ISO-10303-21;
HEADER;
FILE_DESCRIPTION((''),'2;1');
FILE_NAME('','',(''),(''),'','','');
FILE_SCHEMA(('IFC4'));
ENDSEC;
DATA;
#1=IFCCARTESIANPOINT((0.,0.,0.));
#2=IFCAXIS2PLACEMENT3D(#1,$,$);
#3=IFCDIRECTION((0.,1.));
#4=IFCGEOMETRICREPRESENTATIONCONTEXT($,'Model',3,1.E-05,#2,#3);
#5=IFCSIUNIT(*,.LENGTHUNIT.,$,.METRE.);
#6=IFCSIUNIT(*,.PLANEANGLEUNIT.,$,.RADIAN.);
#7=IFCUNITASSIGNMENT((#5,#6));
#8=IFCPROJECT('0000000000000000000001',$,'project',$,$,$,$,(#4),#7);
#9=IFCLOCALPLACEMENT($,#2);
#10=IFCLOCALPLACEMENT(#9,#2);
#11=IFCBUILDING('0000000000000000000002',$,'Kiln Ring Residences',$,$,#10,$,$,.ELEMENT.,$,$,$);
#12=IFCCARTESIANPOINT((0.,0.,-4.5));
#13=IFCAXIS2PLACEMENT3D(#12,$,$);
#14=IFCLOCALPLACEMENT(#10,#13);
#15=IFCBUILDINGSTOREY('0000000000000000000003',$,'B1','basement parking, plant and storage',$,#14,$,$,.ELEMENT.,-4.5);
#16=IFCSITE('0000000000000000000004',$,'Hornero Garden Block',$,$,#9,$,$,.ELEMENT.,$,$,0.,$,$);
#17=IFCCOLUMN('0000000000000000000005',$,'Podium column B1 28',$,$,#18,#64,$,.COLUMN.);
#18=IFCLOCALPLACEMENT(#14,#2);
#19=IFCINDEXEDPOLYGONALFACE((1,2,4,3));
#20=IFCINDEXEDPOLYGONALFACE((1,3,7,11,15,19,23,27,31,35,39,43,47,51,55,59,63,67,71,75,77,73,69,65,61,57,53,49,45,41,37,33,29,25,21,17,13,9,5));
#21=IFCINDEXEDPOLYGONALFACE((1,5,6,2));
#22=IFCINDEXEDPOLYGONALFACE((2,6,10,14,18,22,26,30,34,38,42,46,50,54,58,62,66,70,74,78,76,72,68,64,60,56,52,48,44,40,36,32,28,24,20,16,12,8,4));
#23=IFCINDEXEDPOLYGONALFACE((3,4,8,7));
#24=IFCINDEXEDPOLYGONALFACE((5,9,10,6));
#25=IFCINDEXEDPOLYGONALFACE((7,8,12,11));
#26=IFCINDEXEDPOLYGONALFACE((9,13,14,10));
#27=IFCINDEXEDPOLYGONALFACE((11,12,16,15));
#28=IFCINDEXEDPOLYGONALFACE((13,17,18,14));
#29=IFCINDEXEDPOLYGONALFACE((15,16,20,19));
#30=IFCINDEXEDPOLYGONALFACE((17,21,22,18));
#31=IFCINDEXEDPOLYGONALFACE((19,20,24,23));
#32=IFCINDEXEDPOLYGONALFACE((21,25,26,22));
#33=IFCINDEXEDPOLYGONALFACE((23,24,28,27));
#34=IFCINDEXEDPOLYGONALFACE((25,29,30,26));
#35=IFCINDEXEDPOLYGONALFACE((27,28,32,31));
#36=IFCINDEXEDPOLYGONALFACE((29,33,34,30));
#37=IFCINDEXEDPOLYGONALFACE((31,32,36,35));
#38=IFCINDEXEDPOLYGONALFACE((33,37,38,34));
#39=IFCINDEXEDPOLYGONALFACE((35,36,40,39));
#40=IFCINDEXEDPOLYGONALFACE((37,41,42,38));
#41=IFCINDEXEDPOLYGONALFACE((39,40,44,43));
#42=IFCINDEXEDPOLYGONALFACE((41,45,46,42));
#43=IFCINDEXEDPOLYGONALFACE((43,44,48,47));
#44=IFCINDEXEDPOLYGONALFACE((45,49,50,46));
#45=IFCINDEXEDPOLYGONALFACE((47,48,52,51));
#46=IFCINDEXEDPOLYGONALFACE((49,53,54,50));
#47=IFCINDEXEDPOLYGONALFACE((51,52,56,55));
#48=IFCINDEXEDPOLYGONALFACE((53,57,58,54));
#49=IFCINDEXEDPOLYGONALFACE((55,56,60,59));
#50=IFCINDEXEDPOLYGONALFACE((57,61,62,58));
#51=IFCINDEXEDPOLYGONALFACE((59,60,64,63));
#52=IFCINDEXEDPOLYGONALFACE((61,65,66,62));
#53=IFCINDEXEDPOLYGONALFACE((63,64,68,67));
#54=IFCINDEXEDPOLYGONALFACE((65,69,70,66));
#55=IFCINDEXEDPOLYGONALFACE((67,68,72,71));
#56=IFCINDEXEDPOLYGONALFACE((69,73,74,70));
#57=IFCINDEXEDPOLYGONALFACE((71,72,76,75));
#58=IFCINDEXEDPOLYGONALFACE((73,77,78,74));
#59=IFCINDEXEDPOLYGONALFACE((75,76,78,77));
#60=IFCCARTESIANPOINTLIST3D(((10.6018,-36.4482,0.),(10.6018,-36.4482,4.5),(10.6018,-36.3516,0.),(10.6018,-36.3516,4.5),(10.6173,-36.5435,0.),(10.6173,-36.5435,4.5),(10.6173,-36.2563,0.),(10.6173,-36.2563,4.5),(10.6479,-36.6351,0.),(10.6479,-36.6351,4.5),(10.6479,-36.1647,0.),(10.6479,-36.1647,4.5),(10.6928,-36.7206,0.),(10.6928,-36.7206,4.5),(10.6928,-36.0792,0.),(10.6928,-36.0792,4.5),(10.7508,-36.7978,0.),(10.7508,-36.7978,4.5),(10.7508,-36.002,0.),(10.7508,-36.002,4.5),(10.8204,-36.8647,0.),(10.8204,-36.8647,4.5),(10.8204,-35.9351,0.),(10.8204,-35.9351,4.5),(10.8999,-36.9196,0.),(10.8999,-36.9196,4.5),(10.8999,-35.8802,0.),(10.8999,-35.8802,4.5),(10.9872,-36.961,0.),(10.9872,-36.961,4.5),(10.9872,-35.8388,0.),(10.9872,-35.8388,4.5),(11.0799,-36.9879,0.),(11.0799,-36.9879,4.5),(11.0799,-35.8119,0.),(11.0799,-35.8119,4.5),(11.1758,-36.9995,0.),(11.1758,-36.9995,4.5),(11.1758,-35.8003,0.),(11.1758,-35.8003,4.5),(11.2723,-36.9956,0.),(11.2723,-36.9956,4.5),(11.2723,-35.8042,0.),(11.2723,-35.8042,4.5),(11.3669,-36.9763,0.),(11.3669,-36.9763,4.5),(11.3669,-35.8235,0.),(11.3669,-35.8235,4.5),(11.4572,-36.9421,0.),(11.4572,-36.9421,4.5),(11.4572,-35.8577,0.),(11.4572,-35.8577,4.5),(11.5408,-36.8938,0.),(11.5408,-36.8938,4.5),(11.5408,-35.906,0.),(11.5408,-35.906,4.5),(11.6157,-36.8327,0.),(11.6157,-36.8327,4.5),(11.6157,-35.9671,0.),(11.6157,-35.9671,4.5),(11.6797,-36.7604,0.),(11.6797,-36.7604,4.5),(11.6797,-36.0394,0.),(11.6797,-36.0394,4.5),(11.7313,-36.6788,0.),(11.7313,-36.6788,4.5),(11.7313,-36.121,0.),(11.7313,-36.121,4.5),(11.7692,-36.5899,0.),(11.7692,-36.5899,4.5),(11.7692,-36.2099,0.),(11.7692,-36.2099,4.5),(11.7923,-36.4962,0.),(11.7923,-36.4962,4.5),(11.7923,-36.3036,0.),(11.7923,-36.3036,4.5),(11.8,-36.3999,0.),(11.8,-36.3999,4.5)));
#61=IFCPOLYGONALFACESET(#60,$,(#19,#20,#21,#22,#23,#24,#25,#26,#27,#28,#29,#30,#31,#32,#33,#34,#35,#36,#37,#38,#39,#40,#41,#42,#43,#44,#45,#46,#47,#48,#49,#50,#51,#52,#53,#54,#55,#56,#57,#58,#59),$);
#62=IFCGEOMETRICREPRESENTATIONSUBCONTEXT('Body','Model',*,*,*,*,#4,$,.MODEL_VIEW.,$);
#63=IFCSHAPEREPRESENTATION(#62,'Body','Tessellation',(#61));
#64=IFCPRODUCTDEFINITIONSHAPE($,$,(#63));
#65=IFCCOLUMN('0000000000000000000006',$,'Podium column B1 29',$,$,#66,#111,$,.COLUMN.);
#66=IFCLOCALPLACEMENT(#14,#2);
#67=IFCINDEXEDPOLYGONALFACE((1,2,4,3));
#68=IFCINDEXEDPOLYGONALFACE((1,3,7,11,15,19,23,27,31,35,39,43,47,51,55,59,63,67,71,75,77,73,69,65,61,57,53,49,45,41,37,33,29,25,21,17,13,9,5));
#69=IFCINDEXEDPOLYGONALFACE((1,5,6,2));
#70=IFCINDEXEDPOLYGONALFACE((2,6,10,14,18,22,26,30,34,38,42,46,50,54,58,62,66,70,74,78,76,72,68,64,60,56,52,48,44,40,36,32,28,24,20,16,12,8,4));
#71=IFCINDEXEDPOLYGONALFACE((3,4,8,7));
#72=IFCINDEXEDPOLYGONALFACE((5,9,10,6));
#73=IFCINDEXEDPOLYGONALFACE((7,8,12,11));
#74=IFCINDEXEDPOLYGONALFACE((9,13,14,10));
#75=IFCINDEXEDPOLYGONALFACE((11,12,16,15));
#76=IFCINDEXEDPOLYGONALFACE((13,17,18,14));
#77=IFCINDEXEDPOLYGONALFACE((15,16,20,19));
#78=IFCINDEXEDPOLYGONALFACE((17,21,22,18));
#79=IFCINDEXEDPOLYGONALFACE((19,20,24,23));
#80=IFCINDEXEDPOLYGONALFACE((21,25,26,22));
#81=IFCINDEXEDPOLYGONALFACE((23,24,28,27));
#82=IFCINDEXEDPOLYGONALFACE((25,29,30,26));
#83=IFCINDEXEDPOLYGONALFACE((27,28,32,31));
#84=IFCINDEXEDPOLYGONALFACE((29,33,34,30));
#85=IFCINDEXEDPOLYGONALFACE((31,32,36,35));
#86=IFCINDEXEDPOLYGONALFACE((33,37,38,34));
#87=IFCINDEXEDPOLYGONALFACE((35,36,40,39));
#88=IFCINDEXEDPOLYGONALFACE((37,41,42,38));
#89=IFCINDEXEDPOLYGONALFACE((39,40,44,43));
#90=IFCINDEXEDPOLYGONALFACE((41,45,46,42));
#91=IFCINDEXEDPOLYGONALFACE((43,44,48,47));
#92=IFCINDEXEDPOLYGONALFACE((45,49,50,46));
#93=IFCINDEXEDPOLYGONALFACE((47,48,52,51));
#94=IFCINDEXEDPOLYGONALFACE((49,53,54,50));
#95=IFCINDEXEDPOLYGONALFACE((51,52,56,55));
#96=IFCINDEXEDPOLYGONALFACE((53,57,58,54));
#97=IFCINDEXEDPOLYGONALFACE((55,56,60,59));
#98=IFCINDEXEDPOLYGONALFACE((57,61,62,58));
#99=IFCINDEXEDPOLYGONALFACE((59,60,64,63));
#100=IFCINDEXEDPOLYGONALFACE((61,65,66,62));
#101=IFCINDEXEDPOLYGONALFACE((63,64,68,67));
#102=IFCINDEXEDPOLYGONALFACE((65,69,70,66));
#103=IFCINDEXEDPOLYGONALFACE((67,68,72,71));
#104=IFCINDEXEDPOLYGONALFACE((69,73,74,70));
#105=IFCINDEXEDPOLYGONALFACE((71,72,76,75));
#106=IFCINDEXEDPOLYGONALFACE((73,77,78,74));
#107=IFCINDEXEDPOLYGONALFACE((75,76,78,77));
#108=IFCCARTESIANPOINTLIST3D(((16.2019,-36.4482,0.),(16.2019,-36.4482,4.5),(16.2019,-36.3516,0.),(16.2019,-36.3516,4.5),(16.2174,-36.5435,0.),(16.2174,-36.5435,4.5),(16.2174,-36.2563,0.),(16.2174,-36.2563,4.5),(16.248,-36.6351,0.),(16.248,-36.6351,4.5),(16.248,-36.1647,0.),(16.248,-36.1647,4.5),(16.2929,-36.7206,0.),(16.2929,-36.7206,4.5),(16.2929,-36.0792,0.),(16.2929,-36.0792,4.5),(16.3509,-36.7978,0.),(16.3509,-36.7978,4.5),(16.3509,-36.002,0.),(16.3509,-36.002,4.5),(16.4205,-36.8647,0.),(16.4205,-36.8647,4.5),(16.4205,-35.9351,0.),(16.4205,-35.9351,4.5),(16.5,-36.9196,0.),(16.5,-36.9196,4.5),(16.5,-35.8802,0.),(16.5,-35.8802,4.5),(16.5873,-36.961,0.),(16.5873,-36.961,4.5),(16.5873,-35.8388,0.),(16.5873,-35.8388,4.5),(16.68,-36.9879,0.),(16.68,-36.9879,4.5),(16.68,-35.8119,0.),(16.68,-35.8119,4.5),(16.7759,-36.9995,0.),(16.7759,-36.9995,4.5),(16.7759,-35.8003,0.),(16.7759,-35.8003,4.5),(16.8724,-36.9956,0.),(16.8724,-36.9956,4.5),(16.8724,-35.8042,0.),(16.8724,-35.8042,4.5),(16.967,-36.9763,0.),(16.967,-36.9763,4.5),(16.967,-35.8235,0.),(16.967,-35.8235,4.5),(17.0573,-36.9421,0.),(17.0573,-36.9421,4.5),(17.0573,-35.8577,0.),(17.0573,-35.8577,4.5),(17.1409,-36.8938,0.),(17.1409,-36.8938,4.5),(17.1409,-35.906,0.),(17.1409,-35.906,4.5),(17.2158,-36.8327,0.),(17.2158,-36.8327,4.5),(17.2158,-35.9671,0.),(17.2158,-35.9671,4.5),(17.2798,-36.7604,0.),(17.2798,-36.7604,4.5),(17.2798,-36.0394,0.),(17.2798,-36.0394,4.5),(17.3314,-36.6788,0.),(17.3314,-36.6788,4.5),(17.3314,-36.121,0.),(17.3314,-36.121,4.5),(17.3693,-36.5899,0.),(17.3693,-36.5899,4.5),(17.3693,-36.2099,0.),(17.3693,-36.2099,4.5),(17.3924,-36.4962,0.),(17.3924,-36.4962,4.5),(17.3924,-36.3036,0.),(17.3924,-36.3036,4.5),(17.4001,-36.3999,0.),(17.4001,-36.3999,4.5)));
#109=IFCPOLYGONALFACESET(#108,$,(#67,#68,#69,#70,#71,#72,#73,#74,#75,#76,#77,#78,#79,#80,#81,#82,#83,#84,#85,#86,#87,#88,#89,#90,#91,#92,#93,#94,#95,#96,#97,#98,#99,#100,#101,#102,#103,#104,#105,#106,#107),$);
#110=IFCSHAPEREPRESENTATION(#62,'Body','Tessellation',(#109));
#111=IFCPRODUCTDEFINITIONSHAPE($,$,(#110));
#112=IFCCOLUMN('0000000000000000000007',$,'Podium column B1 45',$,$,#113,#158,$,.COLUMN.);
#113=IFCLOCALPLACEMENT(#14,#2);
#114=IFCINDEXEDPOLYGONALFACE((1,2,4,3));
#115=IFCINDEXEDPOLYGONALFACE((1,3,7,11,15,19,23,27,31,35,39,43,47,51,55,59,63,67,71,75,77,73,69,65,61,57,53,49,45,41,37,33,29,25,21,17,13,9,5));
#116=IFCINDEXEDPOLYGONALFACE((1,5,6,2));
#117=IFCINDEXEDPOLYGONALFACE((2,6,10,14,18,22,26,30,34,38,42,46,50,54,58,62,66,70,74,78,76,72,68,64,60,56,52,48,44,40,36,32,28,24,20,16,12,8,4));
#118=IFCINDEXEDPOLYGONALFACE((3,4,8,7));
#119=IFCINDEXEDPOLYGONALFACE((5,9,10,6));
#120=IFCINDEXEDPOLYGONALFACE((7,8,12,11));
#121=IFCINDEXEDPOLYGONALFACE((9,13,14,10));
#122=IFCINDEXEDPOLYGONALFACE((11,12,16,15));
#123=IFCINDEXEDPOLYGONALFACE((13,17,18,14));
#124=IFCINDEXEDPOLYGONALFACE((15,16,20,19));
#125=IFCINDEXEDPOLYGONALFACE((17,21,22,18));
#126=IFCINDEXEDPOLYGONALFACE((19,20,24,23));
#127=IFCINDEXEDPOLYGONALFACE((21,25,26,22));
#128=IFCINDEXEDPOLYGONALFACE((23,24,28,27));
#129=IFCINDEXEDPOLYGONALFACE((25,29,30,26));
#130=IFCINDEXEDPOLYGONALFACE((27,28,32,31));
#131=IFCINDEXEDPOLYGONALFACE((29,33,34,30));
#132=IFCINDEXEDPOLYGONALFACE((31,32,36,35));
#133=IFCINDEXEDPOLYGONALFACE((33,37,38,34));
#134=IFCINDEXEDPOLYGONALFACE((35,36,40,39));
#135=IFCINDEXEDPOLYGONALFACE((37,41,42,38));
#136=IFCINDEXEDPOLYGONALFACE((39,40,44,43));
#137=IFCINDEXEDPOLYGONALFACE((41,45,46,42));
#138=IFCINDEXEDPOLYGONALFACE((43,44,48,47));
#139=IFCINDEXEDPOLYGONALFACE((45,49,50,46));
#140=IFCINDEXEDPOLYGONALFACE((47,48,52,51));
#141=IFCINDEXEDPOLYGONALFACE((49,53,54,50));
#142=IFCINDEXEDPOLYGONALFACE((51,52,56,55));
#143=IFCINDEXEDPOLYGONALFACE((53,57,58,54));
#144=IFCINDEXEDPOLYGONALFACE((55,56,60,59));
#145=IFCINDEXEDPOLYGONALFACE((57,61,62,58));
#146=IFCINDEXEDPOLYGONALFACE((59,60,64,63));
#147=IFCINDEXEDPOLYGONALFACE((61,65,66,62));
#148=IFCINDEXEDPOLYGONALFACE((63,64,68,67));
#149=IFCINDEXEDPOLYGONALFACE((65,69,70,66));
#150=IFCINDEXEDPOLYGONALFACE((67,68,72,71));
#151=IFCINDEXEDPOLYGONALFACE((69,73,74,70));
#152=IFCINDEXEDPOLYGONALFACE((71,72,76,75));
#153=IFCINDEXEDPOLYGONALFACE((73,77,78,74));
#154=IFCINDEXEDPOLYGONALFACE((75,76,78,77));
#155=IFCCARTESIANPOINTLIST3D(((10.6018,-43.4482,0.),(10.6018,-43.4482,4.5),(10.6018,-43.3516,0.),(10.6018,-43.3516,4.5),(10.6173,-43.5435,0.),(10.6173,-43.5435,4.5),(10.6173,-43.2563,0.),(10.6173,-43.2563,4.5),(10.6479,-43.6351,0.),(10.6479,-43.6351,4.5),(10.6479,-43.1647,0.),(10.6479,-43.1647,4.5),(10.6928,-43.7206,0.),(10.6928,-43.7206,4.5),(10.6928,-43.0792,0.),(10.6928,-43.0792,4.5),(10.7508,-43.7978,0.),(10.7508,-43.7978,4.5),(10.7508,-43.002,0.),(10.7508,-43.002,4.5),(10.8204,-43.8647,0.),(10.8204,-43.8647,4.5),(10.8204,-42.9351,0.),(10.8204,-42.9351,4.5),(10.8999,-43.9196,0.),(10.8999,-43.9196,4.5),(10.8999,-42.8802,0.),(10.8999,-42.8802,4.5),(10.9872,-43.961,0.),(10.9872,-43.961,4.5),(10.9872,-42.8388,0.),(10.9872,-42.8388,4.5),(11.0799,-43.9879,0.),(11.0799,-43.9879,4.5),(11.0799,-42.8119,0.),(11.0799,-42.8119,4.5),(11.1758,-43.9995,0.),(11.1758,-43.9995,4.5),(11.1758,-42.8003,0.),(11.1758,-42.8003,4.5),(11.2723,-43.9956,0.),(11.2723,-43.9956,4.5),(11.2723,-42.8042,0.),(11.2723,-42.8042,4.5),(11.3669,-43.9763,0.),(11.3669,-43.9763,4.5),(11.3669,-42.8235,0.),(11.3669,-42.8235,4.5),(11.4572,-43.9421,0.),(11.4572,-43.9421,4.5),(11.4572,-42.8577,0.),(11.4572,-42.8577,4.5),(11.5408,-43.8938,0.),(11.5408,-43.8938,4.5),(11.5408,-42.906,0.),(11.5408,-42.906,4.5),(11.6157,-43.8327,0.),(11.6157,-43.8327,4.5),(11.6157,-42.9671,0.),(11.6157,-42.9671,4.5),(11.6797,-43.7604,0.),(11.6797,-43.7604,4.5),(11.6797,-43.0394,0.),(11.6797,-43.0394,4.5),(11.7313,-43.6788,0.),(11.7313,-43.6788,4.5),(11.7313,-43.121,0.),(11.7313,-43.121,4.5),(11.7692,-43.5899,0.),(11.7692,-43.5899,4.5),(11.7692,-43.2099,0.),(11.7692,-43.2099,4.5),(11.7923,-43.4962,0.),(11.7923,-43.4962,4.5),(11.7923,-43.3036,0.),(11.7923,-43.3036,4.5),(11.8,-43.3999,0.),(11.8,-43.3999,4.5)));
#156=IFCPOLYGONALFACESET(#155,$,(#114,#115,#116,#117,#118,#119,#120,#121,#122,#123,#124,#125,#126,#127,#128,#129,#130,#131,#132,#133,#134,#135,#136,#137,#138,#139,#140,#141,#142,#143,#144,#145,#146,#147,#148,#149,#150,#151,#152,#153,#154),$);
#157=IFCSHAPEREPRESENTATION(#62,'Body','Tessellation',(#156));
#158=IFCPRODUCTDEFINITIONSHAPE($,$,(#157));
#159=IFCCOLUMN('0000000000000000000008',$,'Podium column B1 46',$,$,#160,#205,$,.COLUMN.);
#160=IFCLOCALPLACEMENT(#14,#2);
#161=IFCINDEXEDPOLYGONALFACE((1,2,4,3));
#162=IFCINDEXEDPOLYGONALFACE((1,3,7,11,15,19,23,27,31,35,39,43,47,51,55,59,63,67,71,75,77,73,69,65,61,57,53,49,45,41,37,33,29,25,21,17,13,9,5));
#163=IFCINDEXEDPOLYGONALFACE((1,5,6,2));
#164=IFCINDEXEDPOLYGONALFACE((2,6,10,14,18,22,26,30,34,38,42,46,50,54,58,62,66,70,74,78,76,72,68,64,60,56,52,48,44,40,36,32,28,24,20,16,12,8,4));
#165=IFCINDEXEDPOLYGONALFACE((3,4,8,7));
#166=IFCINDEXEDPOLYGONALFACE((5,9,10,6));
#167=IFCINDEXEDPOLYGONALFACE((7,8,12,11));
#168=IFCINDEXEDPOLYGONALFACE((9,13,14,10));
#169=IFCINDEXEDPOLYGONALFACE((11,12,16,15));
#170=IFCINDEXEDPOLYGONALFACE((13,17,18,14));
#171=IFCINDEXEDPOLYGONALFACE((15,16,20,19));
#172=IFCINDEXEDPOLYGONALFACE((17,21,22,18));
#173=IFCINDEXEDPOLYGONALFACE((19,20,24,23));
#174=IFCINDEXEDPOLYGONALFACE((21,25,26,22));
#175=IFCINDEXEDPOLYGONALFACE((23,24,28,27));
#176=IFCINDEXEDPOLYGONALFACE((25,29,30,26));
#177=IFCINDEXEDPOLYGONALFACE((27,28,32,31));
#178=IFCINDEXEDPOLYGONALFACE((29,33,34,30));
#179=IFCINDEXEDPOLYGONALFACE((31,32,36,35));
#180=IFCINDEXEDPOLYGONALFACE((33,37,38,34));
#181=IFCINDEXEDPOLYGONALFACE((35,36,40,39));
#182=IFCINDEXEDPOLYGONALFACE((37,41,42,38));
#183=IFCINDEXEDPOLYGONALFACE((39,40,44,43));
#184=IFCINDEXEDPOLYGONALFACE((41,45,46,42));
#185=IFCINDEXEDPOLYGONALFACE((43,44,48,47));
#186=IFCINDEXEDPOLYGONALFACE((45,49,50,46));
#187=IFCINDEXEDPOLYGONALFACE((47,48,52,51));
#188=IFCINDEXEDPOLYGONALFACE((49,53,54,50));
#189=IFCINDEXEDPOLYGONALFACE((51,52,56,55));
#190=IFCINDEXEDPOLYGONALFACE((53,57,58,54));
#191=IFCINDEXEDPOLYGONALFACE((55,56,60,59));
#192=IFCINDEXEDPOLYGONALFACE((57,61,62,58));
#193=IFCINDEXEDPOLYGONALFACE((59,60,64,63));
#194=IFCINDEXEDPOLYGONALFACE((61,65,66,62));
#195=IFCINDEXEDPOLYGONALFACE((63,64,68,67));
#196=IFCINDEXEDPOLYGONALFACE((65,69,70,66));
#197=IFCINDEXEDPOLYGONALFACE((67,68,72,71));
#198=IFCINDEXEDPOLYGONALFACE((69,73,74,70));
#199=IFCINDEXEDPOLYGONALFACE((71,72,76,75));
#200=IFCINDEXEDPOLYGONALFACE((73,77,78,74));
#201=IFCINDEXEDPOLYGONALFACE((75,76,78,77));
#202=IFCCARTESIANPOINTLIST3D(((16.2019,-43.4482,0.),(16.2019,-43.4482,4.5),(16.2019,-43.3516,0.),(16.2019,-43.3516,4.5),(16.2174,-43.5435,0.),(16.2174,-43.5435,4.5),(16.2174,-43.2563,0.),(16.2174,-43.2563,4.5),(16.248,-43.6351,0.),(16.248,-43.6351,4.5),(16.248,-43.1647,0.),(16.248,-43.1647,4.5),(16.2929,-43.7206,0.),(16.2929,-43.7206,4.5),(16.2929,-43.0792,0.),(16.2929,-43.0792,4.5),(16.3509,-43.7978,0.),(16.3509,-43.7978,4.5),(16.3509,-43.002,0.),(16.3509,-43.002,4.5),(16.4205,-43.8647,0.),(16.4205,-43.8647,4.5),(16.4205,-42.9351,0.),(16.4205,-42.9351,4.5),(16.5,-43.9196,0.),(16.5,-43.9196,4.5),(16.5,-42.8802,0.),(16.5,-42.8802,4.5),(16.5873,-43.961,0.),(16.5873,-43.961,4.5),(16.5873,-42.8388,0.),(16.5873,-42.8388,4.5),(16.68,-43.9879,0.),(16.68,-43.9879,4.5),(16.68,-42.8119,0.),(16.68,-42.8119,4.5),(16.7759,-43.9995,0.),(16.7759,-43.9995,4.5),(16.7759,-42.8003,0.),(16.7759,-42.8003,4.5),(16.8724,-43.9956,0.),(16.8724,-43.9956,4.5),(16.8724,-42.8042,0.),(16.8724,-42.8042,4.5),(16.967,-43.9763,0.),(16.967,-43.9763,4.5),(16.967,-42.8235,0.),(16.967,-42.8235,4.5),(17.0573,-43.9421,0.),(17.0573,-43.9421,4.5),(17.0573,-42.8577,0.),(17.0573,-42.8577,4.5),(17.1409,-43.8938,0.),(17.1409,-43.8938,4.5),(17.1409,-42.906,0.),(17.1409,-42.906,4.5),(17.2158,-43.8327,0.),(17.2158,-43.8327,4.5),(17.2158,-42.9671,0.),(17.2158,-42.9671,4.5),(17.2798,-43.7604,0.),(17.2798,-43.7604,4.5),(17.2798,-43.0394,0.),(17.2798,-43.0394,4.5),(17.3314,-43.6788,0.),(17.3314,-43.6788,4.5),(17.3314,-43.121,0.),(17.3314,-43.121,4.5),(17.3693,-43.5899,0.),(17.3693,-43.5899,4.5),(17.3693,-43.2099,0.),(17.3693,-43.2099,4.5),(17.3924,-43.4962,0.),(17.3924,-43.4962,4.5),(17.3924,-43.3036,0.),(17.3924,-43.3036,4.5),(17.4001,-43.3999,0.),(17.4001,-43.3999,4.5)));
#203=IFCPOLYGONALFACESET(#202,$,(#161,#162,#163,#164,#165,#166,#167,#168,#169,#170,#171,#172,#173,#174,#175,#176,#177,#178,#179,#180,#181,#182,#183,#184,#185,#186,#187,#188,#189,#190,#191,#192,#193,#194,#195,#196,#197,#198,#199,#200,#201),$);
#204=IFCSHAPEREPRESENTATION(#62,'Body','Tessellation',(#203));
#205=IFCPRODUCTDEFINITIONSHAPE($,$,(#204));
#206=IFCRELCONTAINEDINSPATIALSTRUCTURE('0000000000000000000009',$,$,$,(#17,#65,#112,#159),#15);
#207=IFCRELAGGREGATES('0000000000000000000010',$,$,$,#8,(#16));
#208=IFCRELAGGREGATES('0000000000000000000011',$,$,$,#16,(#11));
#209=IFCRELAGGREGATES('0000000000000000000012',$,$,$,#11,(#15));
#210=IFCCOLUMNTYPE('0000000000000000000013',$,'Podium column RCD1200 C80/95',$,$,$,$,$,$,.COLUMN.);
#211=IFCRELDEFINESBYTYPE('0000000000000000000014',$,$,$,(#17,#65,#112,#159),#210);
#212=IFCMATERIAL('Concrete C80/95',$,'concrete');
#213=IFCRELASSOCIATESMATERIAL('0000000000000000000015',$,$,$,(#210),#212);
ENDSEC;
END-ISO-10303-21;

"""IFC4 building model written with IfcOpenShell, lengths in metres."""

from ifc_helpers import new_model, si_unit, direction, frame, origin, origin_2d, place, context, subcontext, project, spatial, circle, extrude, material, material_profile, profile_set, type_object, element, save


model = new_model("IFC4")

# Units and contexts
model_context = context("Model", 3, precision=1e-05, world=origin(), true_north=direction((0.0, 1.0)))
body_context = subcontext(model_context, "Body", "Model", "MODEL_VIEW")
ifc_project = project(units=[si_unit("LENGTHUNIT", "METRE"), si_unit("PLANEANGLEUNIT", "RADIAN")], contexts=[model_context])

# Site, building, storey
site_placement = place(None, origin())
site = spatial("IfcSite", under=ifc_project, at=site_placement, Name="Hornero Garden Block", CompositionType="ELEMENT", RefElevation=0.0)
building_placement = place(site_placement, origin())
building = spatial("IfcBuilding", under=site, at=building_placement, Name="Kiln Ring Residences", CompositionType="ELEMENT")
storey_placement = place(building_placement, frame((0.0, 0.0, -4.5)))
storey = spatial("IfcBuildingStorey", under=building, at=storey_placement, Name="B1", Description="basement parking, plant and storage", CompositionType="ELEMENT", Elevation=-4.5)

# Columns
ifc_material_1 = material(Name="Concrete C80/95", Category="concrete")
ifc_material_profile_1 = material_profile(ifc_material_1, circle(Radius=0.6001, at=origin_2d()), Name="RCD1200")
ifc_profile_set_1 = profile_set([ifc_material_profile_1], Name="Concrete C80/95")
column_type = type_object("IfcColumnType", Name="Podium column RCD1200 C80/95", PredefinedType="COLUMN", material=ifc_profile_set_1)
for number, where, z_axis, x_axis, name in (
    (1, (11.2, -36.3999, 0.0), (0.0, 0.0, 1.0), (1.0, 0.0, 0.0), "Podium column B1 28"),
    (2, (16.8, -36.3999, 0.0), (0.0, 0.0, 1.0), (1.0, 0.0, 0.0), "Podium column B1 29"),
    (3, (11.2, -43.3999, 0.0), (0.0, 0.0, 1.0), (1.0, 0.0, 0.0), "Podium column B1 45"),
    (4, (16.8, -43.3999, 0.0), (0.0, 0.0, 1.0), (1.0, 0.0, 0.0), "Podium column B1 46"),
):
    element("IfcColumn", number, at=place(storey_placement, frame(where, z_axis=z_axis, x_axis=x_axis)), inside=storey, type_object=column_type, Name=name, PredefinedType="COLUMN", context=body_context, shape_type="SweptSolid", body=[
        extrude(circle(Radius=0.6001, at=origin_2d()), origin(), (0.0, 0.0, 1.0), 4.5),
    ])

save(model, "model.ifc")
